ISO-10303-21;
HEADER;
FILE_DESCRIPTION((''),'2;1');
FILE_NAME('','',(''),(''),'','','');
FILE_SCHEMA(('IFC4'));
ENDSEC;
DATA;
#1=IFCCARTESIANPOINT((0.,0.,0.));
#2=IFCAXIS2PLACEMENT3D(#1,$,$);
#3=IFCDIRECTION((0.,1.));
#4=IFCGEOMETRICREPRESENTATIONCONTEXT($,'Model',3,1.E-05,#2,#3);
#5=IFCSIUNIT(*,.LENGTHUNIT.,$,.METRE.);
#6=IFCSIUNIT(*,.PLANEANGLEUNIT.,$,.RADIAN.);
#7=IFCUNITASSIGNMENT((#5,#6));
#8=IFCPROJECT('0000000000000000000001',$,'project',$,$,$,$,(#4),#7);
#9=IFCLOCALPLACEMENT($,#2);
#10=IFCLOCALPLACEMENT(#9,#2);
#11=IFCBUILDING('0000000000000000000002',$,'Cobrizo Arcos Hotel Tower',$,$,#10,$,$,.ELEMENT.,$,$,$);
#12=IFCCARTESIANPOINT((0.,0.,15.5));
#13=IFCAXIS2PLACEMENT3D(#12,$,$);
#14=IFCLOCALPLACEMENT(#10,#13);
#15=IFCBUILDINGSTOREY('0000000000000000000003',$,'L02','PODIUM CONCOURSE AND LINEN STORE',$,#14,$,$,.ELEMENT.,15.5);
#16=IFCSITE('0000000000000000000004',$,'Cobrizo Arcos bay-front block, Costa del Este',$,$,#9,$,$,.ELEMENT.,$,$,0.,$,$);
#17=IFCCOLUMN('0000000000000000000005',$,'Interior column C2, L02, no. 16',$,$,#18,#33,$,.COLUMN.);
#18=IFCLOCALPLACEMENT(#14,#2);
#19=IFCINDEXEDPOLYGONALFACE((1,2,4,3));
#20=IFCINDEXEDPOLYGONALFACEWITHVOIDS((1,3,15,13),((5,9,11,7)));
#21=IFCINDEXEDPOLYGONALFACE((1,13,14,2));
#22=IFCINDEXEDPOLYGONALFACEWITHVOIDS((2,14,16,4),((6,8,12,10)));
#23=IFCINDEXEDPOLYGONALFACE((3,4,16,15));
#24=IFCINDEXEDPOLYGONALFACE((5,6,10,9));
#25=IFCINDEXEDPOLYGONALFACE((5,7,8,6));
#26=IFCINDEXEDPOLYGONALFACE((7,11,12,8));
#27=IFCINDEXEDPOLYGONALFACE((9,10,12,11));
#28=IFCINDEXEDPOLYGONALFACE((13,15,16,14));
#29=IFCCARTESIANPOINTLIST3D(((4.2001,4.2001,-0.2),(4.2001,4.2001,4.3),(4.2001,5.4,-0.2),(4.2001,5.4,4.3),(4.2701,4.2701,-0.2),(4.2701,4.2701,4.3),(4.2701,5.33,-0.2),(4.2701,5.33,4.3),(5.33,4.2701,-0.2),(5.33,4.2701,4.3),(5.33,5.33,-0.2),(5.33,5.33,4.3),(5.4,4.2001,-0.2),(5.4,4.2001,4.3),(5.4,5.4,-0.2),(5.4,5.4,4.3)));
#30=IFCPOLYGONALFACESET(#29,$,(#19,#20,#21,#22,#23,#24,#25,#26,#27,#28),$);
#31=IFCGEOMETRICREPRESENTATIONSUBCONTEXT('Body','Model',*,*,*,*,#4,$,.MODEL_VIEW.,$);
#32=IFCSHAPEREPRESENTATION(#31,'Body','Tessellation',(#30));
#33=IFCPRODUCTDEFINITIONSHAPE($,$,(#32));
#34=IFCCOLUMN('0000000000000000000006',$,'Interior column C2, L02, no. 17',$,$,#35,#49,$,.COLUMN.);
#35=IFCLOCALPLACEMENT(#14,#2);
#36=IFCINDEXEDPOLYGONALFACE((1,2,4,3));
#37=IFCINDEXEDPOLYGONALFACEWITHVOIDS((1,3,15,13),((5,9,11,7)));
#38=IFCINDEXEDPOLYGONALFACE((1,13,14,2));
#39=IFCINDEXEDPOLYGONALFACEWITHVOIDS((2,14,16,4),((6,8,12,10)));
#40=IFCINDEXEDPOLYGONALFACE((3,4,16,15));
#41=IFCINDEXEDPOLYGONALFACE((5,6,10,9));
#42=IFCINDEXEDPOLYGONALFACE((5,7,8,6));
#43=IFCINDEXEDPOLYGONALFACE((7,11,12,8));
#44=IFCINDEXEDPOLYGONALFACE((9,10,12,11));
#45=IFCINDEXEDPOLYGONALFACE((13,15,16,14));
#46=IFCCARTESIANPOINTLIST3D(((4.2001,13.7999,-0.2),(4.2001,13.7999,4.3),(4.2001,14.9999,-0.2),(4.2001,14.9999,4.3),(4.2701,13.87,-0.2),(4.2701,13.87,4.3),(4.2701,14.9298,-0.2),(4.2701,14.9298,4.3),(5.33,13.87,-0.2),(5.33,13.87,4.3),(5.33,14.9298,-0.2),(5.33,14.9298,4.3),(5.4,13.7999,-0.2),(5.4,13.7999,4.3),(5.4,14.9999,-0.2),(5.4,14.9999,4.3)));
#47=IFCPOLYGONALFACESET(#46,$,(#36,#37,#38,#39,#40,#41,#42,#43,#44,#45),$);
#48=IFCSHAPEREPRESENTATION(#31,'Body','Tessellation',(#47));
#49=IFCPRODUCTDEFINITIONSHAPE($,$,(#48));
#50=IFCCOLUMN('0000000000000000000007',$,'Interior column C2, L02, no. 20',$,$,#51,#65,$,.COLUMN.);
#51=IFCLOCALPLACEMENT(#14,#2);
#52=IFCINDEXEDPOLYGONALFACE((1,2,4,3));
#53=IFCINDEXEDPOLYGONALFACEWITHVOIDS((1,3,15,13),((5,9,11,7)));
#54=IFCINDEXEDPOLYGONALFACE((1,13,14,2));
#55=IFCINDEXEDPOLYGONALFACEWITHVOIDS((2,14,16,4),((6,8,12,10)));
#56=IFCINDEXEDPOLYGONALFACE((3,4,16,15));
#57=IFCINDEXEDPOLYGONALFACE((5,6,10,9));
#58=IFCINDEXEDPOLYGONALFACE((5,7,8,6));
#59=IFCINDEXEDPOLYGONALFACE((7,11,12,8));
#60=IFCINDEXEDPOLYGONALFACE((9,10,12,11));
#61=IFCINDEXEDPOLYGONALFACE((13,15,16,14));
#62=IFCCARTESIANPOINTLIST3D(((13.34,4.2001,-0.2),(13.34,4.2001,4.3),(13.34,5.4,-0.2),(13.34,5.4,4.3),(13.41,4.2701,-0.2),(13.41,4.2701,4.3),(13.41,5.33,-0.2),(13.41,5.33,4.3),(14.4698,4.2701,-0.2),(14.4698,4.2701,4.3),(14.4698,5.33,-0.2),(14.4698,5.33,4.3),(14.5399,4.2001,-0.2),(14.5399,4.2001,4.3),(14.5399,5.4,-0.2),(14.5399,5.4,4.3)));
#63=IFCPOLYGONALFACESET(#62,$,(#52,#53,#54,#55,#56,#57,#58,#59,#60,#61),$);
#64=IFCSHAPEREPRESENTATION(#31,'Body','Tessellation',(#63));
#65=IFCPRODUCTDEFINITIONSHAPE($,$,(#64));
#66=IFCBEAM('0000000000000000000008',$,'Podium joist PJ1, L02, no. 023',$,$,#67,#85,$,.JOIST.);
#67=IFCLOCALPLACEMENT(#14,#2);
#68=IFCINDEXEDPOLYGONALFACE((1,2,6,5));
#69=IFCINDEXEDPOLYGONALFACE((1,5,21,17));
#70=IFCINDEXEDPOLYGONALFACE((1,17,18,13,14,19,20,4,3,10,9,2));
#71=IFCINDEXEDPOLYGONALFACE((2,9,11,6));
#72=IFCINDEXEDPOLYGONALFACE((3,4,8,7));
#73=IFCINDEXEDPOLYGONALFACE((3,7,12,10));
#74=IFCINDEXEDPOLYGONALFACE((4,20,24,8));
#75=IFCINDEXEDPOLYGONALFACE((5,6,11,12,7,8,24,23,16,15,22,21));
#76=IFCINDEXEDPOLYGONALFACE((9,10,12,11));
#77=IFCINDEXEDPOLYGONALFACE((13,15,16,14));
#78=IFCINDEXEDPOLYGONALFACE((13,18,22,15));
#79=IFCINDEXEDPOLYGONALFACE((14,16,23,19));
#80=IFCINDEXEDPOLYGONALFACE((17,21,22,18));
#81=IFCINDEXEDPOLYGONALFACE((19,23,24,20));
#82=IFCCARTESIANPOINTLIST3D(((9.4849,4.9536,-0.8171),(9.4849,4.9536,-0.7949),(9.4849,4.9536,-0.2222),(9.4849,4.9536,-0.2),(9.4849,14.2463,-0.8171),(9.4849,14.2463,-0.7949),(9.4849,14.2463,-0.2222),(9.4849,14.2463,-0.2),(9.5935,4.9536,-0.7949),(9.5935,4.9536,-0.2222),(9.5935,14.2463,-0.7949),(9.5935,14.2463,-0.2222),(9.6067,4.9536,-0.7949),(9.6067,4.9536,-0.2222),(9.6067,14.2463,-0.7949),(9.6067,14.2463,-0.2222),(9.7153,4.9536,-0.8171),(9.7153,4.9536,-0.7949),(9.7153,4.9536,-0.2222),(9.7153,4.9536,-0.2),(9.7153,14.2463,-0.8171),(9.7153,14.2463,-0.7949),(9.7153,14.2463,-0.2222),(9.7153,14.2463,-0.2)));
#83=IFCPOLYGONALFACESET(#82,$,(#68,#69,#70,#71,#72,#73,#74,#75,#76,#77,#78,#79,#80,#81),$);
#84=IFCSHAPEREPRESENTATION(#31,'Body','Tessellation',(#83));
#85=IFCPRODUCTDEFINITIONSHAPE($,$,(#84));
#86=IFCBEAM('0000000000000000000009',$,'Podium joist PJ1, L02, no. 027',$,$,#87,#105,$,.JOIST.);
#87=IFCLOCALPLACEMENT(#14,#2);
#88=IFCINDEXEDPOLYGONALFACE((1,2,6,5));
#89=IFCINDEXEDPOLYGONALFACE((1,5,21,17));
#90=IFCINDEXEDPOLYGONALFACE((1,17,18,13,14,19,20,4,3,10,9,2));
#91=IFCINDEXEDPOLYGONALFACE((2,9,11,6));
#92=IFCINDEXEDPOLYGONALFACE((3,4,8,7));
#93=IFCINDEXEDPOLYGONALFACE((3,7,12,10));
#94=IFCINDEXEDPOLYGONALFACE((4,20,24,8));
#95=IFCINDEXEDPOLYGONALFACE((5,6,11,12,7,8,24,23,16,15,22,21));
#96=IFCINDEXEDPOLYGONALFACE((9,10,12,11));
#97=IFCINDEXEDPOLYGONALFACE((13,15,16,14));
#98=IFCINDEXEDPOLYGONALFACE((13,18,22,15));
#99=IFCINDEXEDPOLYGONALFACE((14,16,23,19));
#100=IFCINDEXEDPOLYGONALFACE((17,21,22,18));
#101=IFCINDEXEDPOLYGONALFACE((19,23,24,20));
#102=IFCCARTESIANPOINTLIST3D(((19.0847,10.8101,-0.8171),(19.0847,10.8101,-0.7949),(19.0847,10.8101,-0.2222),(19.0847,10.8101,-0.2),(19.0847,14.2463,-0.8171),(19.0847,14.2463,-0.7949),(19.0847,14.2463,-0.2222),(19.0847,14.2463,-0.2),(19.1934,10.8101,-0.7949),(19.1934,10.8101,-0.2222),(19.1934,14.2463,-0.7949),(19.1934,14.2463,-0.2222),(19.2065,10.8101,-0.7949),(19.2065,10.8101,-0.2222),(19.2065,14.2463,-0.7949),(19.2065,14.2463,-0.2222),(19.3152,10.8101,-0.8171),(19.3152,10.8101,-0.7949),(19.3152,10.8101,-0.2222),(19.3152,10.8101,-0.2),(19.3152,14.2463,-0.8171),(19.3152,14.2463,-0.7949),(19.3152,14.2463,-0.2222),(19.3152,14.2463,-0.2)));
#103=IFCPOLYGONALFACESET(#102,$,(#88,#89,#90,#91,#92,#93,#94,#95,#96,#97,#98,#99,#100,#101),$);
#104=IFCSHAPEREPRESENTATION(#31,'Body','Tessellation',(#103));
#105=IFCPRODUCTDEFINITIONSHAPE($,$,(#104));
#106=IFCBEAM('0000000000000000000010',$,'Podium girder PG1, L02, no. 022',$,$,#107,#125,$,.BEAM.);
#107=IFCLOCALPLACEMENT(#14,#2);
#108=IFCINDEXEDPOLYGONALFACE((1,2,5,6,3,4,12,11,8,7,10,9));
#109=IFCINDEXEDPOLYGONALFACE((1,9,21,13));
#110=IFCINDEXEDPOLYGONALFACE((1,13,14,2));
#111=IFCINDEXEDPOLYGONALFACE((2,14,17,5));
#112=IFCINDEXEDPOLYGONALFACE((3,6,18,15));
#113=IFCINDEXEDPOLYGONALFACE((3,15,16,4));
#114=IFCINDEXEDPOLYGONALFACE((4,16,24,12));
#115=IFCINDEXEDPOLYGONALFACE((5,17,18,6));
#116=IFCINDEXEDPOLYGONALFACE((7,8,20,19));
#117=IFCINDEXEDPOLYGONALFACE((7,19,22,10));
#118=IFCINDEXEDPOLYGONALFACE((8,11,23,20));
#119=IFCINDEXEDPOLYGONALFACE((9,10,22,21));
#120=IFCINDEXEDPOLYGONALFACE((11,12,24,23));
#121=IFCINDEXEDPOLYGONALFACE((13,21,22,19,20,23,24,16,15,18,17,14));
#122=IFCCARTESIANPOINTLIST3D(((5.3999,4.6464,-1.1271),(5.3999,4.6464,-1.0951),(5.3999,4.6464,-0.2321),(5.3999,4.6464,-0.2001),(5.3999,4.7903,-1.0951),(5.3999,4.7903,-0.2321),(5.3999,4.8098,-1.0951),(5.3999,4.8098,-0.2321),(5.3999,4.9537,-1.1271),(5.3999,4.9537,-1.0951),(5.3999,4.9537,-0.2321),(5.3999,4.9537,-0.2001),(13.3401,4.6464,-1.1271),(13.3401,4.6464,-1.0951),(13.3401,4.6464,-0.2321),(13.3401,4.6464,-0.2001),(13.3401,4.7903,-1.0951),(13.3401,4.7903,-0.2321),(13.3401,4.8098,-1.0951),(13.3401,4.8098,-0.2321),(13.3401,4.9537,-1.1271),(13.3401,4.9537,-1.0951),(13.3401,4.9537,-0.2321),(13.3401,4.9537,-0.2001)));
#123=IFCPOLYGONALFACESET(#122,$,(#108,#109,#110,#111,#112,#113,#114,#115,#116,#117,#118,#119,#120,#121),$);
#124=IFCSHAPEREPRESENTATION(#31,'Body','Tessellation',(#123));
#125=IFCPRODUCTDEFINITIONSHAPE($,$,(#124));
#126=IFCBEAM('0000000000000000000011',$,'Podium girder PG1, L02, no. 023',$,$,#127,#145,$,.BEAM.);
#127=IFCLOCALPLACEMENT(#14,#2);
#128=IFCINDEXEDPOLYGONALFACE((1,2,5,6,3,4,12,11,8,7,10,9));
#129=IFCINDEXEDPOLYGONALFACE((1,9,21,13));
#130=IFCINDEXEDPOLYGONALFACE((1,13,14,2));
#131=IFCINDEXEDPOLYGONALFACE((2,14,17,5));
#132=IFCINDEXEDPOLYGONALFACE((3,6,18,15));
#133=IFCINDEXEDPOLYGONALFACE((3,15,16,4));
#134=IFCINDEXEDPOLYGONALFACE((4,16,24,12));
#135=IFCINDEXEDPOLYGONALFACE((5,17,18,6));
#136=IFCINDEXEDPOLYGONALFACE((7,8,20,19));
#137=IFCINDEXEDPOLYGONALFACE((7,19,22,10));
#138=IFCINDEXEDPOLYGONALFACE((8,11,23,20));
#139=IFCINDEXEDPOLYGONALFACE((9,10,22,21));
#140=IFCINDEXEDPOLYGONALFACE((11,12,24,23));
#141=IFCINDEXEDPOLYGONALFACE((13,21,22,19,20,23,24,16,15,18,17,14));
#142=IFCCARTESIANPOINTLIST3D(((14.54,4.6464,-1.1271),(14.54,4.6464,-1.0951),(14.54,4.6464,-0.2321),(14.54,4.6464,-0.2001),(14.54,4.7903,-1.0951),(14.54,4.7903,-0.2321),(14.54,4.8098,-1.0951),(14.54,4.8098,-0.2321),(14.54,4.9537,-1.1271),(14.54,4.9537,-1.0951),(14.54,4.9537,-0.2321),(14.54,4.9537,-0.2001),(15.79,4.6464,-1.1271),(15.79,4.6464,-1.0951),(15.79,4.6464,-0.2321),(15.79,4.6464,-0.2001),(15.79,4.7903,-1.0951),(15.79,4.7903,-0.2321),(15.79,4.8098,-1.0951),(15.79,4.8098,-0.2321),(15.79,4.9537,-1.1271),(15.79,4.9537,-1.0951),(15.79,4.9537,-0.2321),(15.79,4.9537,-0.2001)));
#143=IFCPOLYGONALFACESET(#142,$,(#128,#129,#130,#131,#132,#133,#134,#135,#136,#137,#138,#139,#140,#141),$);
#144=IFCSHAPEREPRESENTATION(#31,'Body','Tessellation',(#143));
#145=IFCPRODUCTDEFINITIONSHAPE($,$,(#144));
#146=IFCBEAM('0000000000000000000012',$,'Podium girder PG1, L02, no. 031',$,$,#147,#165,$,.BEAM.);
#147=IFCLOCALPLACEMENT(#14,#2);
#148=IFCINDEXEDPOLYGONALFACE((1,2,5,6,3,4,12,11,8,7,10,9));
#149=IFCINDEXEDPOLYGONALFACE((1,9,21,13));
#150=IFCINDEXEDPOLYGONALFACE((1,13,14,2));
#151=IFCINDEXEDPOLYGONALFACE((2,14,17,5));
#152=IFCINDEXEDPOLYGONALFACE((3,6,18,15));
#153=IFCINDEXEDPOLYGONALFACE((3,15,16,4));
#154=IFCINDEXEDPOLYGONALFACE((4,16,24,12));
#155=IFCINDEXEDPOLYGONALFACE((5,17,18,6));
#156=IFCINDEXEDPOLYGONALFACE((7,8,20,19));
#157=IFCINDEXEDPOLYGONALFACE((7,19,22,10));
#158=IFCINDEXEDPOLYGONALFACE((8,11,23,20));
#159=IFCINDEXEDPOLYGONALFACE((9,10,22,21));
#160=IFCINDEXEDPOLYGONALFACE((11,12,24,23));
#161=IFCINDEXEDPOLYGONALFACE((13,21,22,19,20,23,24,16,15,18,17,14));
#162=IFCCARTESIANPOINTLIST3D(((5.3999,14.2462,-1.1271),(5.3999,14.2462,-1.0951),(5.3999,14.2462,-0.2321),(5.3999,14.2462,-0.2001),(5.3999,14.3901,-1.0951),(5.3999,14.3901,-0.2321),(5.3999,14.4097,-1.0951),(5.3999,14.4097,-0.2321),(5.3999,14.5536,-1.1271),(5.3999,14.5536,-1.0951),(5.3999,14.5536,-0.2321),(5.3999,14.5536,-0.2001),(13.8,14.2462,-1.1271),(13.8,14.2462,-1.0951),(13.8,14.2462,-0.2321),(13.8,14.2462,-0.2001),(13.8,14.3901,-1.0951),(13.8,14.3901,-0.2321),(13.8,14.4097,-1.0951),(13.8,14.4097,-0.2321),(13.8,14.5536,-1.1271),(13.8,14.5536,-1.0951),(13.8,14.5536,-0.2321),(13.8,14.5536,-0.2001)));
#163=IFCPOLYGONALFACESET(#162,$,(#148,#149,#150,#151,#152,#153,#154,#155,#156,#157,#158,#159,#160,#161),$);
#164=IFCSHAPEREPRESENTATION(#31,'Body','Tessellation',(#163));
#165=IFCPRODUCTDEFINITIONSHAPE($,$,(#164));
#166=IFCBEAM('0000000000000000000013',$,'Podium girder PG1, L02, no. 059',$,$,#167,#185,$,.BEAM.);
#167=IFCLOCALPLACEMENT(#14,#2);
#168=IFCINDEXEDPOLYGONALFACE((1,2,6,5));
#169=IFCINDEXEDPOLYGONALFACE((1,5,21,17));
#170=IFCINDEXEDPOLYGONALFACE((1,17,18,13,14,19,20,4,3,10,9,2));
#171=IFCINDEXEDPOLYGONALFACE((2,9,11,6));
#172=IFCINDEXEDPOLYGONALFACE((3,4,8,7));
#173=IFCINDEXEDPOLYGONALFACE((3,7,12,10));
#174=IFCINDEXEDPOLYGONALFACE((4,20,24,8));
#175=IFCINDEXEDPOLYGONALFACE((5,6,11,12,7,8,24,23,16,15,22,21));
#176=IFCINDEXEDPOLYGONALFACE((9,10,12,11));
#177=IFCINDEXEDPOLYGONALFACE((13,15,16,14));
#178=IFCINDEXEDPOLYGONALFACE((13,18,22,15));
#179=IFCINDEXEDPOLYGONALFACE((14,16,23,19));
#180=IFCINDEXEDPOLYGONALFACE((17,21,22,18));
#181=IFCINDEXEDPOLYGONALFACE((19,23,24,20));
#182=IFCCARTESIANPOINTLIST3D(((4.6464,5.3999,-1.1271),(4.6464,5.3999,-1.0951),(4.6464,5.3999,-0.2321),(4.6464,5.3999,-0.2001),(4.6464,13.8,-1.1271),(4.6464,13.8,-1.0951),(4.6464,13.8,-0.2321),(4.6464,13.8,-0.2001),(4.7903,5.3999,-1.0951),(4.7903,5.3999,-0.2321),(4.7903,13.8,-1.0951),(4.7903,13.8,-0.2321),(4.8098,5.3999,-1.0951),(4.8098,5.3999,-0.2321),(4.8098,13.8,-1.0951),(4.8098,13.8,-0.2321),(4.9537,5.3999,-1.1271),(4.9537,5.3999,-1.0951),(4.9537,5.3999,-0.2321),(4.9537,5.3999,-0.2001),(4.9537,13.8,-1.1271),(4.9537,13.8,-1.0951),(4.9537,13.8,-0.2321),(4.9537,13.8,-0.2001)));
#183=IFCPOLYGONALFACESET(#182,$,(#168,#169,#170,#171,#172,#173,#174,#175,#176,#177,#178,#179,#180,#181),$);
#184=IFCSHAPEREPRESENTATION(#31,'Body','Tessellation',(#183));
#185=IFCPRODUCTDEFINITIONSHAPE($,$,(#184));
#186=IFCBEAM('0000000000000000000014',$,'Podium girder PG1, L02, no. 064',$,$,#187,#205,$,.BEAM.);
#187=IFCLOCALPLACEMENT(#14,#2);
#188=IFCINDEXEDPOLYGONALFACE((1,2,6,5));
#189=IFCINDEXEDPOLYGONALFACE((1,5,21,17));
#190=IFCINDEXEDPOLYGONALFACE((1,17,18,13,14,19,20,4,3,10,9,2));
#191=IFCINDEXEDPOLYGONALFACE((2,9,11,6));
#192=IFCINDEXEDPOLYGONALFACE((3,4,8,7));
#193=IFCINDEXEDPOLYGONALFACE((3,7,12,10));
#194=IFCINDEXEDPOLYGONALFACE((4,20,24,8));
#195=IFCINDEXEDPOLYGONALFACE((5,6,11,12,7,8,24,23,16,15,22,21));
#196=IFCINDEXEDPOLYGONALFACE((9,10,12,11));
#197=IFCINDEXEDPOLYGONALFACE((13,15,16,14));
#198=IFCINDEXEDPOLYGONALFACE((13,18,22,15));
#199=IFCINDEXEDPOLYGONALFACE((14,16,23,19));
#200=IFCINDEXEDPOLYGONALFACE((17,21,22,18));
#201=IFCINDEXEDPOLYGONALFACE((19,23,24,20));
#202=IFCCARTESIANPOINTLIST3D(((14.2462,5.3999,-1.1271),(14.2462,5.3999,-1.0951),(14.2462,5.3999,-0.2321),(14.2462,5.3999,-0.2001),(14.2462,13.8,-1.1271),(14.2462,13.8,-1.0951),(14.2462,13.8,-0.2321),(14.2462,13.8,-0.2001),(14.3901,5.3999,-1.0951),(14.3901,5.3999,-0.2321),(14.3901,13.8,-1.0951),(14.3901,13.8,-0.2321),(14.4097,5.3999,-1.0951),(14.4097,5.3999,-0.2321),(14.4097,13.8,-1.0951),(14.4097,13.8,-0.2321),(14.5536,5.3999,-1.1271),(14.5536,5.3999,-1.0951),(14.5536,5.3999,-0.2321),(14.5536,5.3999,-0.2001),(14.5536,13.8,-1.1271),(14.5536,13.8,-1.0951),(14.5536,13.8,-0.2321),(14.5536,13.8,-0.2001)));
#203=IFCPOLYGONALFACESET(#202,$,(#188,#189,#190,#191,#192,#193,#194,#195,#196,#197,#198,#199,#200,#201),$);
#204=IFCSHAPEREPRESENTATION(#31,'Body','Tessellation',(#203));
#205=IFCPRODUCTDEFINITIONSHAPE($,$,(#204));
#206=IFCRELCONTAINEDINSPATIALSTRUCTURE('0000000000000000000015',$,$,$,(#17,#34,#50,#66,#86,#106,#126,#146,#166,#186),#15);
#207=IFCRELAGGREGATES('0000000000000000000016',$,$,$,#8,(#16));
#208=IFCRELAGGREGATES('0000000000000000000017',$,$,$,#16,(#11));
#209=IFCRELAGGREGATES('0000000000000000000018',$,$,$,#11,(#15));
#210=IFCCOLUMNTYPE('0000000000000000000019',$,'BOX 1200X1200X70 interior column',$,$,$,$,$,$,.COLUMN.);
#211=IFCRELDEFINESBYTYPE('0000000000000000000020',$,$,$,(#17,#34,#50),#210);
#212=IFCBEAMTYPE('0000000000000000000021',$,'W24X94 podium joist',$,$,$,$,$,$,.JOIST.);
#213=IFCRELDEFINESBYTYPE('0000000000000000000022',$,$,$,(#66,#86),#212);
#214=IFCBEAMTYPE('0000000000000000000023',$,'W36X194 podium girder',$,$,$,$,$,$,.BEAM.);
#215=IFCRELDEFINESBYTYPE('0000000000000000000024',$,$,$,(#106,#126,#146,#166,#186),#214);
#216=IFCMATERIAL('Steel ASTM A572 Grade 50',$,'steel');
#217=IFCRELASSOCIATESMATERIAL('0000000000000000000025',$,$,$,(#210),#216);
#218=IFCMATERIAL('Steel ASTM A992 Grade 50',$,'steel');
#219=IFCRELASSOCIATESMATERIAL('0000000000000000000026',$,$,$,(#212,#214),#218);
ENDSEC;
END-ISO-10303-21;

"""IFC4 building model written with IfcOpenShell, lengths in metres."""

from ifc_helpers import new_model, si_unit, direction, frame, origin, origin_2d, place, context, subcontext, project, spatial, hollow_rectangle, i_section, extrude, material, material_profile, profile_set, type_object, element, save


model = new_model("IFC4")

# Units and contexts
model_context = context("Model", 3, precision=1e-05, world=origin(), true_north=direction((0.0, 1.0)))
body_context = subcontext(model_context, "Body", "Model", "MODEL_VIEW")
ifc_project = project(units=[si_unit("LENGTHUNIT", "METRE"), si_unit("PLANEANGLEUNIT", "RADIAN")], contexts=[model_context])

# Site, building, storey
site_placement = place(None, origin())
site = spatial("IfcSite", under=ifc_project, at=site_placement, Name="Cobrizo Arcos bay-front block, Costa del Este", CompositionType="ELEMENT", RefElevation=0.0)
building_placement = place(site_placement, origin())
building = spatial("IfcBuilding", under=site, at=building_placement, Name="Cobrizo Arcos Hotel Tower", CompositionType="ELEMENT")
storey_placement = place(building_placement, frame((0.0, 0.0, 15.5)))
storey = spatial("IfcBuildingStorey", under=building, at=storey_placement, Name="L02", Description="PODIUM CONCOURSE AND LINEN STORE", CompositionType="ELEMENT", Elevation=15.5)

# Columns
ifc_material_1 = material(Name="Steel ASTM A572 Grade 50", Category="steel")
ifc_material_profile_1 = material_profile(ifc_material_1, hollow_rectangle(XDim=1.2, YDim=1.2, WallThickness=0.0701, at=origin_2d()), Name="BOX 1200X1200X70")
ifc_profile_set_1 = profile_set([ifc_material_profile_1], Name="Steel ASTM A572 Grade 50")
column_type = type_object("IfcColumnType", Name="BOX 1200X1200X70 interior column", PredefinedType="COLUMN", material=ifc_profile_set_1)
for number, where, z_axis, x_axis, name in (
    (1, (4.8, 4.8, -0.2), (0.0, 0.0, 1.0), (1.0, 0.0, 0.0), "Interior column C2, L02, no. 16"),
    (2, (4.8, 14.3999, -0.2), (0.0, 0.0, 1.0), (1.0, 0.0, 0.0), "Interior column C2, L02, no. 17"),
    (3, (13.9399, 4.8, -0.2), (0.0, 0.0, 1.0), (1.0, 0.0, 0.0), "Interior column C2, L02, no. 20"),
):
    element("IfcColumn", number, at=place(storey_placement, frame(where, z_axis=z_axis, x_axis=x_axis)), inside=storey, type_object=column_type, Name=name, PredefinedType="COLUMN", context=body_context, shape_type="SweptSolid", body=[
        extrude(hollow_rectangle(XDim=1.2, YDim=1.2, WallThickness=0.0701, at=origin_2d()), origin(), (0.0, 0.0, 1.0), 4.5),
    ])

# Beams
ifc_material_2 = material(Name="Steel ASTM A992 Grade 50", Category="steel")
ifc_material_profile_2 = material_profile(ifc_material_2, i_section(OverallWidth=0.2305, OverallDepth=0.6172, WebThickness=0.0132, FlangeThickness=0.0222, at=origin_2d()), Name="W24X94")
ifc_profile_set_2 = profile_set([ifc_material_profile_2], Name="Steel ASTM A992 Grade 50")
beam_type_1 = type_object("IfcBeamType", Name="W24X94 podium joist", PredefinedType="JOIST", material=ifc_profile_set_2)
beam_1_placement = place(storey_placement, frame((9.6001, 4.9536, -0.5085), z_axis=(0.0, 1.0, 0.0), x_axis=(-1.0, 0.0, 0.0)))
element("IfcBeam", 4, at=beam_1_placement, inside=storey, type_object=beam_type_1, Name="Podium joist PJ1, L02, no. 023", PredefinedType="JOIST", context=body_context, shape_type="SweptSolid", body=[
    extrude(i_section(OverallWidth=0.2305, OverallDepth=0.6172, WebThickness=0.0132, FlangeThickness=0.0222, at=origin_2d()), origin(), (0.0, 0.0, 1.0), 9.2927),
])
beam_2_placement = place(storey_placement, frame((19.2, 10.8101, -0.5085), z_axis=(0.0, 1.0, 0.0), x_axis=(-1.0, 0.0, 0.0)))
element("IfcBeam", 5, at=beam_2_placement, inside=storey, type_object=beam_type_1, Name="Podium joist PJ1, L02, no. 027", PredefinedType="JOIST", context=body_context, shape_type="SweptSolid", body=[
    extrude(i_section(OverallWidth=0.2305, OverallDepth=0.6172, WebThickness=0.0132, FlangeThickness=0.0222, at=origin_2d()), origin(), (0.0, 0.0, 1.0), 3.4363),
])
ifc_material_profile_3 = material_profile(ifc_material_2, i_section(OverallWidth=0.3074, OverallDepth=0.927, WebThickness=0.0195, FlangeThickness=0.032, at=origin_2d()), Name="W36X194")
ifc_profile_set_3 = profile_set([ifc_material_profile_3], Name="Steel ASTM A992 Grade 50")
beam_type_2 = type_object("IfcBeamType", Name="W36X194 podium girder", PredefinedType="BEAM", material=ifc_profile_set_3)
beam_3_placement = place(storey_placement, frame((5.3999, 4.8, -0.6636), z_axis=(1.0, 0.0, 0.0), x_axis=(0.0, 1.0, 0.0)))
element("IfcBeam", 6, at=beam_3_placement, inside=storey, type_object=beam_type_2, Name="Podium girder PG1, L02, no. 022", PredefinedType="BEAM", context=body_context, shape_type="SweptSolid", body=[
    extrude(i_section(OverallWidth=0.3074, OverallDepth=0.927, WebThickness=0.0195, FlangeThickness=0.032, at=origin_2d()), origin(), (0.0, 0.0, 1.0), 7.9402),
])
beam_4_placement = place(storey_placement, frame((14.54, 4.8, -0.6636), z_axis=(1.0, 0.0, 0.0), x_axis=(0.0, 1.0, 0.0)))
element("IfcBeam", 7, at=beam_4_placement, inside=storey, type_object=beam_type_2, Name="Podium girder PG1, L02, no. 023", PredefinedType="BEAM", context=body_context, shape_type="SweptSolid", body=[
    extrude(i_section(OverallWidth=0.3074, OverallDepth=0.927, WebThickness=0.0195, FlangeThickness=0.032, at=origin_2d()), origin(), (0.0, 0.0, 1.0), 1.25),
])
for number, where, z_axis, x_axis, name in (
    (8, (5.3999, 14.3999, -0.6636), (1.0, 0.0, 0.0), (0.0, 1.0, 0.0), "Podium girder PG1, L02, no. 031"),
    (9, (4.8, 5.3999, -0.6636), (0.0, 1.0, 0.0), (-1.0, 0.0, 0.0), "Podium girder PG1, L02, no. 059"),
    (10, (14.3999, 5.3999, -0.6636), (0.0, 1.0, 0.0), (-1.0, 0.0, 0.0), "Podium girder PG1, L02, no. 064"),
):
    element("IfcBeam", number, at=place(storey_placement, frame(where, z_axis=z_axis, x_axis=x_axis)), inside=storey, type_object=beam_type_2, Name=name, PredefinedType="BEAM", context=body_context, shape_type="SweptSolid", body=[
        extrude(i_section(OverallWidth=0.3074, OverallDepth=0.927, WebThickness=0.0195, FlangeThickness=0.032, at=origin_2d()), origin(), (0.0, 0.0, 1.0), 8.4001),
    ])

save(model, "model.ifc")
